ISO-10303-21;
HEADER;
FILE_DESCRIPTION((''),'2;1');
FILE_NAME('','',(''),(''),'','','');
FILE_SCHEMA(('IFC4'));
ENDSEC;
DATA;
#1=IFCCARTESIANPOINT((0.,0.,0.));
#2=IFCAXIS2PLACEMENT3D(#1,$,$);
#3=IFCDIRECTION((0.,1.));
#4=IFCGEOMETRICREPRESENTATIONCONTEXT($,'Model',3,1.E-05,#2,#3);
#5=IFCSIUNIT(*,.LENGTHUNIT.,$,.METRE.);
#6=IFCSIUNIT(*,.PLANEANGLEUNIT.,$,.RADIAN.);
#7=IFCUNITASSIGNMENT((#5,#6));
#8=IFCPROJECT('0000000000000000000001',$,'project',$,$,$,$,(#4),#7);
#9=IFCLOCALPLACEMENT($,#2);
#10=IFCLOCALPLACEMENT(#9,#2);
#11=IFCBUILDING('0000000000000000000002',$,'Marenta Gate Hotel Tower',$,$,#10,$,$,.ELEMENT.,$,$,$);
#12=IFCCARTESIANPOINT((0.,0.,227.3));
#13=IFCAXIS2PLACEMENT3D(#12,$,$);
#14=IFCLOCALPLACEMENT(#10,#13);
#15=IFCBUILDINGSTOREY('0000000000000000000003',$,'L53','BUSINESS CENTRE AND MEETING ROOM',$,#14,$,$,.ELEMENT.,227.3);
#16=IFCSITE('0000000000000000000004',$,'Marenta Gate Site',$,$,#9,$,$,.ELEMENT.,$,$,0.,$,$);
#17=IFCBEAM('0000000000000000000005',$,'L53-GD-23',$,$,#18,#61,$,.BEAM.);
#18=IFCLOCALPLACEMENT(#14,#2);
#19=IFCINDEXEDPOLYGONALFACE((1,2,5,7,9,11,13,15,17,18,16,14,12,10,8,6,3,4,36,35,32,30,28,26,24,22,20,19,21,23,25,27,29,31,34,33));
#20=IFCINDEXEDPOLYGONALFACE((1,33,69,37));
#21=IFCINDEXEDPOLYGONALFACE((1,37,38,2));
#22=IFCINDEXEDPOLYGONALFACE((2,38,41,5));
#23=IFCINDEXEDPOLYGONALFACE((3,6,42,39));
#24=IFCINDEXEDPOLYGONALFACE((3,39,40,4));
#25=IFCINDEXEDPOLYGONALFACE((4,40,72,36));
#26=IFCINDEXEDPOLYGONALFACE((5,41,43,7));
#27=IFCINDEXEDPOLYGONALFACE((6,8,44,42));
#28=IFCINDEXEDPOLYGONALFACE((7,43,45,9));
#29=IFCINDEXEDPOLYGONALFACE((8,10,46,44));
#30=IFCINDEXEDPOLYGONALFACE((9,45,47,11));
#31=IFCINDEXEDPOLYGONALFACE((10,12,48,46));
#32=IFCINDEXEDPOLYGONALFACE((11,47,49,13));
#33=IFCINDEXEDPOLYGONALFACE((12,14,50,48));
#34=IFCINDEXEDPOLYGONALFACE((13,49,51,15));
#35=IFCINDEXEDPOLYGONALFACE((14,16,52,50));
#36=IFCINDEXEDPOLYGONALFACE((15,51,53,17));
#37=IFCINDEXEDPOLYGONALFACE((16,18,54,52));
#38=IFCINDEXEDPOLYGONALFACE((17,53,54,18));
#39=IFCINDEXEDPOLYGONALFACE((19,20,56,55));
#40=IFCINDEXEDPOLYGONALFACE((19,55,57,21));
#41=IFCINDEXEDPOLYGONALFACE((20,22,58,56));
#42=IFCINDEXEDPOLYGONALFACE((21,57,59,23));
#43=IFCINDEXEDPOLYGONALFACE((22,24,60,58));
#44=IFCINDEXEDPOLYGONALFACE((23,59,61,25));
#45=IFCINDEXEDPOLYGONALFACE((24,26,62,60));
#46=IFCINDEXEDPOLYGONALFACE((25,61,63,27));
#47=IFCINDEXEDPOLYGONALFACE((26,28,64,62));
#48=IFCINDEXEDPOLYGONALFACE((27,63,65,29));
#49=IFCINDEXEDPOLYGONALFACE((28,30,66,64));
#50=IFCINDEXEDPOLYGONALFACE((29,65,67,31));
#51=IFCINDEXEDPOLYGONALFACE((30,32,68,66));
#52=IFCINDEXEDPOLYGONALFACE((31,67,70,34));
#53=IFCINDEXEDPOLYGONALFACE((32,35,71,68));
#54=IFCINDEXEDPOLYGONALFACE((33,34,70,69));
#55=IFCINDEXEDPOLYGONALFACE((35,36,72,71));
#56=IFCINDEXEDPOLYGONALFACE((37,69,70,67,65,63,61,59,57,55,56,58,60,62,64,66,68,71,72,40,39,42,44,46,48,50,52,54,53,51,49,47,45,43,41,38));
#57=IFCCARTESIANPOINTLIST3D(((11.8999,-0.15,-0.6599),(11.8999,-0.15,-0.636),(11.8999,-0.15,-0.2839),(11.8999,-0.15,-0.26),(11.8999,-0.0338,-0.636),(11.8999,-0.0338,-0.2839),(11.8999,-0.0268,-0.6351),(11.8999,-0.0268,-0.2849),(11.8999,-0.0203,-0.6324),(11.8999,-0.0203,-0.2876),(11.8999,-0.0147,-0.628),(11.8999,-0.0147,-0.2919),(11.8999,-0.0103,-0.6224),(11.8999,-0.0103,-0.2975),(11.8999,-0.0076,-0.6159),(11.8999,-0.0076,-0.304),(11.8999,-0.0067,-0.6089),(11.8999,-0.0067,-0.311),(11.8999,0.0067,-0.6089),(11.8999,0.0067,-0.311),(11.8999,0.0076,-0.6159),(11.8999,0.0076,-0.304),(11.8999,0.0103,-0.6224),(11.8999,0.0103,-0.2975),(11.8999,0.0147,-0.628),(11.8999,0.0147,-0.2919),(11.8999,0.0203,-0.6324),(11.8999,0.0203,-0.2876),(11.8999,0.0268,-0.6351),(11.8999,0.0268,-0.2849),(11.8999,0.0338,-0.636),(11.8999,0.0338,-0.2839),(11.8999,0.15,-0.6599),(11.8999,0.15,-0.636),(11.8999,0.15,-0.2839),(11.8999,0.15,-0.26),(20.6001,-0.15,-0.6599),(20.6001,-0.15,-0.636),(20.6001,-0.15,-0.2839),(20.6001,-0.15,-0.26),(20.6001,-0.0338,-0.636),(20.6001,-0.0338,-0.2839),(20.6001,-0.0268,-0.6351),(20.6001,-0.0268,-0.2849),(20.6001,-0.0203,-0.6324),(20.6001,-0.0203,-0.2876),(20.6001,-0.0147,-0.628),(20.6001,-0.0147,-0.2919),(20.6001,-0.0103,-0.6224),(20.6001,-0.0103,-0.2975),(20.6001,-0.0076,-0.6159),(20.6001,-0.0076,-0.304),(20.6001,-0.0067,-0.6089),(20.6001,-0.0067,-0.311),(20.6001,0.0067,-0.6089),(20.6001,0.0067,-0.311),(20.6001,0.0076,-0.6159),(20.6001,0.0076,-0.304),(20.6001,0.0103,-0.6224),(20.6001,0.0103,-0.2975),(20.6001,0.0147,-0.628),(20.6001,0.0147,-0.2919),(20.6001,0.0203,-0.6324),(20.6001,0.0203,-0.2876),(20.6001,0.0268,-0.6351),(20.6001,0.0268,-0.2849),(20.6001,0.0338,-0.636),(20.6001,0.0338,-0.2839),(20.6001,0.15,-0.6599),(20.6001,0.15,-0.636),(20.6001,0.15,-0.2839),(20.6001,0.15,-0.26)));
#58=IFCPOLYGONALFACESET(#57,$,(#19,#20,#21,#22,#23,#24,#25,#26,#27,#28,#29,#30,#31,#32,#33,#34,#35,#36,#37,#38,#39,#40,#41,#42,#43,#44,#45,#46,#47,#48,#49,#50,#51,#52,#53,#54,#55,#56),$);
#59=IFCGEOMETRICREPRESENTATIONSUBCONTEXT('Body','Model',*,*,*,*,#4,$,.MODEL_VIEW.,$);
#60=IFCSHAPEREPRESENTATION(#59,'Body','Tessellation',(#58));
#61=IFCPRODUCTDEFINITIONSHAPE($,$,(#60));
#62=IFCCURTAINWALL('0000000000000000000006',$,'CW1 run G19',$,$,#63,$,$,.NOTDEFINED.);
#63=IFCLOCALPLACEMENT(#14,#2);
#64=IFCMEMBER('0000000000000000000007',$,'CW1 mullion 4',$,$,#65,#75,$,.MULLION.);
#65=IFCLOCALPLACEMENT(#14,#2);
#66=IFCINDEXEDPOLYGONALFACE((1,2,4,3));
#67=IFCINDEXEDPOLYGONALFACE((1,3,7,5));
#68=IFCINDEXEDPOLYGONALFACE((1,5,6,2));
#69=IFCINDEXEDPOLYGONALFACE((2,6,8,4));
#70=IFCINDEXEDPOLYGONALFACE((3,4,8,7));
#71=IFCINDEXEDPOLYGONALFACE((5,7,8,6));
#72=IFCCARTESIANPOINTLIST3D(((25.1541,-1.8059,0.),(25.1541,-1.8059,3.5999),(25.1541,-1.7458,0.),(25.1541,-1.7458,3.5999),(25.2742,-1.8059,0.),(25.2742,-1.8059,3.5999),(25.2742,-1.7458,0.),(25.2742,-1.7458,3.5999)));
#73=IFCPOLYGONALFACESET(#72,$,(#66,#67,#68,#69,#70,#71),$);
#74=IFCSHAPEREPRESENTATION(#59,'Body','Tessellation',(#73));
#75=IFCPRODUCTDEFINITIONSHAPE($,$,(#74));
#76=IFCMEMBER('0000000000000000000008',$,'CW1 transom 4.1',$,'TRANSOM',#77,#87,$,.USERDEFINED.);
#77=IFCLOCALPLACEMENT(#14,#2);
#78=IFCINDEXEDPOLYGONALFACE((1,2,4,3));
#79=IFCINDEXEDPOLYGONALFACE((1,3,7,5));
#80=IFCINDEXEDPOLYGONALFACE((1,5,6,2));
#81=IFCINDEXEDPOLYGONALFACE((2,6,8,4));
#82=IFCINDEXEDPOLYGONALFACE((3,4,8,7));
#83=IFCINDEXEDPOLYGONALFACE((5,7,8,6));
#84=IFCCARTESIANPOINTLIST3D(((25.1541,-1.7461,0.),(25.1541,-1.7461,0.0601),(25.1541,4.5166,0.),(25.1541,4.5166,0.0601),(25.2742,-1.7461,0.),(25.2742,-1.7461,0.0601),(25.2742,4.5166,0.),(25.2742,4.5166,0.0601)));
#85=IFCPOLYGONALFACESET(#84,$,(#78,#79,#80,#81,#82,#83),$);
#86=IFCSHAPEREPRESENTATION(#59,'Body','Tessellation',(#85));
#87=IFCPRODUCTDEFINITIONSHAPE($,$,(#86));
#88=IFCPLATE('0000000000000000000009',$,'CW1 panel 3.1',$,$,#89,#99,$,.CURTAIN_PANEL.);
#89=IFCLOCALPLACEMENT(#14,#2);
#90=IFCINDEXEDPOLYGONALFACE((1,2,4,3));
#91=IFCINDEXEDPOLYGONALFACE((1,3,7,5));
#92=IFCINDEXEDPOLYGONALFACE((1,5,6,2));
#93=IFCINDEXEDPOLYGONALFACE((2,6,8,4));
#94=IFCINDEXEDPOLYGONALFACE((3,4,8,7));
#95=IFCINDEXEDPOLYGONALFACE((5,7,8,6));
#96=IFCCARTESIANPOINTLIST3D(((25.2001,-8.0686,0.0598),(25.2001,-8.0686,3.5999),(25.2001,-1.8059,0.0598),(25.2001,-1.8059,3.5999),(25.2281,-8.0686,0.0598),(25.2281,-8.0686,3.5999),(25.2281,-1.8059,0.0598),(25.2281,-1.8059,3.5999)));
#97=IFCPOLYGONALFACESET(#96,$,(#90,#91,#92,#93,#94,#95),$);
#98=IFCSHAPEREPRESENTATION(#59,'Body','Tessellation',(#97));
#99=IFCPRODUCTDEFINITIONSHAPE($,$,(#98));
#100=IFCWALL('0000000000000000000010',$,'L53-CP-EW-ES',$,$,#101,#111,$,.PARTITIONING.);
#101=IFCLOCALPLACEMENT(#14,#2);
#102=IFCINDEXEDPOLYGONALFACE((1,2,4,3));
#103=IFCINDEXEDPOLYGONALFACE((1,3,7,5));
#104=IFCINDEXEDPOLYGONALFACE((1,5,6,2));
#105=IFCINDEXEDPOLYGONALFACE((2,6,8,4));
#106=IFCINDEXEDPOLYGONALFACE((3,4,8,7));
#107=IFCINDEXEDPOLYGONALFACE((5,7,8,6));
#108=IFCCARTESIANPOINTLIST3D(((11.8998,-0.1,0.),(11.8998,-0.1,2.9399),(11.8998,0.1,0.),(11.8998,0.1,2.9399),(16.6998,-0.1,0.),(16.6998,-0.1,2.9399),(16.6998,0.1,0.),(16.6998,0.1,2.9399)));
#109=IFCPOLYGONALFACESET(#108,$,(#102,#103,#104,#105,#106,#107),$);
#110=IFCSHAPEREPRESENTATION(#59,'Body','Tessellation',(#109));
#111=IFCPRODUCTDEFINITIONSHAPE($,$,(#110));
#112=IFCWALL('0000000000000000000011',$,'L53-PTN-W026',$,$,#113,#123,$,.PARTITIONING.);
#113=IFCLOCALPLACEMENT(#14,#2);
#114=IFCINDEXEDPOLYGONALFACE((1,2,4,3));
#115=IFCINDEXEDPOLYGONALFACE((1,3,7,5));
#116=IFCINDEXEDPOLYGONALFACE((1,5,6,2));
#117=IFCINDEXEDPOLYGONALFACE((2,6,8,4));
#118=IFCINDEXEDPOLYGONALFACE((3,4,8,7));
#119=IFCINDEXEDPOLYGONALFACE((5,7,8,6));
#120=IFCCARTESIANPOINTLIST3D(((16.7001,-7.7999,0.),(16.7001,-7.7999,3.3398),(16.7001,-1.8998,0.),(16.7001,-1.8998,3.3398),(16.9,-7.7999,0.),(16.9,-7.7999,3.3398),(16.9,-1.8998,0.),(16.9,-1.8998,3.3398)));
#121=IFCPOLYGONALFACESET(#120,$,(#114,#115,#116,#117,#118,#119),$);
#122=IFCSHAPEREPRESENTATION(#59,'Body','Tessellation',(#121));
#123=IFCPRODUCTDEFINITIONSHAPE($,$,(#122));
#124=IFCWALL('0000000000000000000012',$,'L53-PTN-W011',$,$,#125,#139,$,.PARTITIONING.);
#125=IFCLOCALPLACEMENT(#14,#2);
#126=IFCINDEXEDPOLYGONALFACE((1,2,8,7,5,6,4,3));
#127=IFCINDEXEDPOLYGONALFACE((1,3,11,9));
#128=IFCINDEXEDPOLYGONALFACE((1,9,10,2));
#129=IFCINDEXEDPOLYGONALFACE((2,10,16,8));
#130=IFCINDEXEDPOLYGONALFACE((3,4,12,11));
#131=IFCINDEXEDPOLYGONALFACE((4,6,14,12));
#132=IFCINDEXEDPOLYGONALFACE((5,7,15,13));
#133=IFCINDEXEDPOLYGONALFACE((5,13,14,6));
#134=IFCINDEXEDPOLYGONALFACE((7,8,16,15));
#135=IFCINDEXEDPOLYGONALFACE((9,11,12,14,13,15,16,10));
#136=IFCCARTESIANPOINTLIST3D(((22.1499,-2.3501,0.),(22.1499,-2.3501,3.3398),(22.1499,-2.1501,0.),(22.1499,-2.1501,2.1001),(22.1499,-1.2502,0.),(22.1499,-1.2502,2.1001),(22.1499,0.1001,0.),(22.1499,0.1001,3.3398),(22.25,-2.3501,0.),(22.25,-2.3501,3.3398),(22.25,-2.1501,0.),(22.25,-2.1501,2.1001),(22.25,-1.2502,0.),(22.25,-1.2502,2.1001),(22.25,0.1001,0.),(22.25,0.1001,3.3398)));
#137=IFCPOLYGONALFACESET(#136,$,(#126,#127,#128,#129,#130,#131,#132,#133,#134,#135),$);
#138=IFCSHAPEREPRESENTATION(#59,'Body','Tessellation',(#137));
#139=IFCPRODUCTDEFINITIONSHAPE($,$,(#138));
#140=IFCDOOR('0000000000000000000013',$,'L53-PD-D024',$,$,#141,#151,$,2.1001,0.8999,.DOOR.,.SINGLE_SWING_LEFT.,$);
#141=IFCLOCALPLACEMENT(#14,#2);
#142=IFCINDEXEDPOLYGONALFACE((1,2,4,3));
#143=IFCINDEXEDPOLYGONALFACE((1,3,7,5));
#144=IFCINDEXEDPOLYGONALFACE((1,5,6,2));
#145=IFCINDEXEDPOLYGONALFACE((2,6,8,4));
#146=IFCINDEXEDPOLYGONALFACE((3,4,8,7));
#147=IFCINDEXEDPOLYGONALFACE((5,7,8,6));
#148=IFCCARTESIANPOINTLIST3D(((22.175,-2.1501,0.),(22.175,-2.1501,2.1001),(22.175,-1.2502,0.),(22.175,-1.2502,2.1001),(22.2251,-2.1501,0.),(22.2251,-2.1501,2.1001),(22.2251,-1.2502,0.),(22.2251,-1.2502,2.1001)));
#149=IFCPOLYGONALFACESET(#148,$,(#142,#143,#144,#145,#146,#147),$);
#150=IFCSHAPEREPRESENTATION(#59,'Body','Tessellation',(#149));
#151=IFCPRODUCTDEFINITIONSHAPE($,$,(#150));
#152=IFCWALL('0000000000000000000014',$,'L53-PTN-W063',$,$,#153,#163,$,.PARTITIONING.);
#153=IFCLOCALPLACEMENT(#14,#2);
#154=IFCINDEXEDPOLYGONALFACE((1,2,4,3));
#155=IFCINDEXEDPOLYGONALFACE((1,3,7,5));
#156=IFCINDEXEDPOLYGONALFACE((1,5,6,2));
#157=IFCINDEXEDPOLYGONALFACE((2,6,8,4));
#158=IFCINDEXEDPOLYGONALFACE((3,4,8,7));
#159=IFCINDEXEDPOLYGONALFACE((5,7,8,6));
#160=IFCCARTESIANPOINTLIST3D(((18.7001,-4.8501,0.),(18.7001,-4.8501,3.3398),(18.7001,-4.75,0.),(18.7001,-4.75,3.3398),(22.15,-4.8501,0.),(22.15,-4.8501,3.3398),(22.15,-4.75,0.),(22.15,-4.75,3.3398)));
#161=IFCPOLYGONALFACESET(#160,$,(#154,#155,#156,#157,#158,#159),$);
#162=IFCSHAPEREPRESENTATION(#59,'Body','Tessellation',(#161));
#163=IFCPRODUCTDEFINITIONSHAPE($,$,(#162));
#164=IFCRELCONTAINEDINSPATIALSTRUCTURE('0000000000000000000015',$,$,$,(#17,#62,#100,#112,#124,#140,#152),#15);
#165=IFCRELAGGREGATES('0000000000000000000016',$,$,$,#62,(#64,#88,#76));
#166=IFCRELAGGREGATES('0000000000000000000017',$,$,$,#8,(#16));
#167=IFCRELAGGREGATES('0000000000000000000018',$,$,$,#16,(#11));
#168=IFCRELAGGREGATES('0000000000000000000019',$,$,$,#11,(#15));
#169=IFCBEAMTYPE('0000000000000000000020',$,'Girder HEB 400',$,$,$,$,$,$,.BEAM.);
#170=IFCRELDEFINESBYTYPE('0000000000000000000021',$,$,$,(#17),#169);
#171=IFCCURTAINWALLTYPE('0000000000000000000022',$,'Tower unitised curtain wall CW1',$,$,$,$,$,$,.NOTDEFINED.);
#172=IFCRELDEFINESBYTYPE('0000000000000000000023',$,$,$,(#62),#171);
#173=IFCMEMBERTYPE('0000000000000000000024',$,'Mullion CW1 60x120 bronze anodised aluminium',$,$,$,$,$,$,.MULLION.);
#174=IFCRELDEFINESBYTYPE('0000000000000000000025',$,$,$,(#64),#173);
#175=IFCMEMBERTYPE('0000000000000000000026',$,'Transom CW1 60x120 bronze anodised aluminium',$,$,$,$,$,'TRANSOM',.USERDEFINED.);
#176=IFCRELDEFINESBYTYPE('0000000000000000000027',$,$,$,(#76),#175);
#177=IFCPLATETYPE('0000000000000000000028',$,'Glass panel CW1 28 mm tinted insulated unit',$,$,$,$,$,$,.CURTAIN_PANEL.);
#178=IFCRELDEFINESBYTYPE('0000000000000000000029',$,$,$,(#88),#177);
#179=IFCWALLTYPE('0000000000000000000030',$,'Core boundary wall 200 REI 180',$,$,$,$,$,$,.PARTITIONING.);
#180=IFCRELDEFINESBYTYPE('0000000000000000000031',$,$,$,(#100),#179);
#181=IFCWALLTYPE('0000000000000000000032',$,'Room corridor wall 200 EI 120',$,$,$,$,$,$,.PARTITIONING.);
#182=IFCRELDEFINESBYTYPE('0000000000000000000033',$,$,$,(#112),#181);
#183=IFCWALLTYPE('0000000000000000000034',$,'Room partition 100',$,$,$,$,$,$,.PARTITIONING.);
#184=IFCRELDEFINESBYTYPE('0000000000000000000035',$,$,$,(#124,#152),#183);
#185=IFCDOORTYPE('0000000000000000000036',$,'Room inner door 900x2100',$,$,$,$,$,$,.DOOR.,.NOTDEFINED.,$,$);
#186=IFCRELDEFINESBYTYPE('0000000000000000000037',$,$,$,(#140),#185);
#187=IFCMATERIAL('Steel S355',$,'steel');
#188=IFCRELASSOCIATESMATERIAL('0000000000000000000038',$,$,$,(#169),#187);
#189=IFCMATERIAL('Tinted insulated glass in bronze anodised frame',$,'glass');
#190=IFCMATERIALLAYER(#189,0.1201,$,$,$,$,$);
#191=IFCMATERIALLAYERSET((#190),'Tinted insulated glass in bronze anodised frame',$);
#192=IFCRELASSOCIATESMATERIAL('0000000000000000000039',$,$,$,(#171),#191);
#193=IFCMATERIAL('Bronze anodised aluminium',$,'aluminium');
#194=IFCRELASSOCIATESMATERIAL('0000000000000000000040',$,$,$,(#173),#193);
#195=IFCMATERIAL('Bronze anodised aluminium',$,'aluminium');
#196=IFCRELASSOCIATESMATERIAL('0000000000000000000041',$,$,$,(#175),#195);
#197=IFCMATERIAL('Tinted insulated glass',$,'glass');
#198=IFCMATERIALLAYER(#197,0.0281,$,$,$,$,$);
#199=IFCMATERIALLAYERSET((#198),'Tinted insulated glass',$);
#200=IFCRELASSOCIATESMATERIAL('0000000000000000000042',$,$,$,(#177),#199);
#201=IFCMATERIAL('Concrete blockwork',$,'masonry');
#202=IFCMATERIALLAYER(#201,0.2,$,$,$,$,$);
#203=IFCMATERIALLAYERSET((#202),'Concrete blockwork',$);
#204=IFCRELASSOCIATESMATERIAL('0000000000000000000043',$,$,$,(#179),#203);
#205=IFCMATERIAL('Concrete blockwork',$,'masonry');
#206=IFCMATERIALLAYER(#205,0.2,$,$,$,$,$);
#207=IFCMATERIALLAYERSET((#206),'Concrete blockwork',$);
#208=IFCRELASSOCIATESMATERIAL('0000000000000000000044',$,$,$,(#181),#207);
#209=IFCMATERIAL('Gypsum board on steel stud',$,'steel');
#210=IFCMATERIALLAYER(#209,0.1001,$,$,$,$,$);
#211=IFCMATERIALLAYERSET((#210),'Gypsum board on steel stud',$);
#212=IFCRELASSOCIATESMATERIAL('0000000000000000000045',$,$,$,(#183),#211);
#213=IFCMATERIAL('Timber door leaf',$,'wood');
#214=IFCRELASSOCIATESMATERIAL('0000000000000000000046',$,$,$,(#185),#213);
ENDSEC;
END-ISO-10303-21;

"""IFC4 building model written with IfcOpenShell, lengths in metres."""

from ifc_helpers import new_model, si_unit, direction, frame, frame_2d, origin, origin_2d, place, context, subcontext, project, spatial, rectangle, i_section, extrude, material, layer, layer_set, material_profile, profile_set, type_object, element, fill, aggregate, save


model = new_model("IFC4")

# Units and contexts
model_context = context("Model", 3, precision=1e-05, world=origin(), true_north=direction((0.0, 1.0)))
body_context = subcontext(model_context, "Body", "Model", "MODEL_VIEW")
ifc_project = project(units=[si_unit("LENGTHUNIT", "METRE"), si_unit("PLANEANGLEUNIT", "RADIAN")], contexts=[model_context])

# Site, building, storey
site_placement = place(None, origin())
site = spatial("IfcSite", under=ifc_project, at=site_placement, Name="Marenta Gate Site", CompositionType="ELEMENT", RefElevation=0.0)
building_placement = place(site_placement, origin())
building = spatial("IfcBuilding", under=site, at=building_placement, Name="Marenta Gate Hotel Tower", CompositionType="ELEMENT")
storey_placement = place(building_placement, frame((0.0, 0.0, 227.3)))
storey = spatial("IfcBuildingStorey", under=building, at=storey_placement, Name="L53", Description="BUSINESS CENTRE AND MEETING ROOM", CompositionType="ELEMENT", Elevation=227.3)

# Beam
ifc_material_1 = material(Name="Steel S355", Category="steel")
ifc_material_profile_1 = material_profile(ifc_material_1, i_section(OverallWidth=0.3, OverallDepth=0.3999, WebThickness=0.0134, FlangeThickness=0.0239, FilletRadius=0.0271, at=origin_2d()), Name="HEB 400")
ifc_profile_set_1 = profile_set([ifc_material_profile_1], Name="Steel S355")
beam_type_1 = type_object("IfcBeamType", Name="Girder HEB 400", PredefinedType="BEAM", material=ifc_profile_set_1)
beam_1_placement = place(storey_placement, frame((11.8999, 0.0, -0.46), z_axis=(1.0, 0.0, 0.0), x_axis=(0.0, 1.0, 0.0)))
element("IfcBeam", 1, at=beam_1_placement, inside=storey, type_object=beam_type_1, Name="L53-GD-23", PredefinedType="BEAM", context=body_context, shape_type="SweptSolid", body=[
    extrude(i_section(OverallWidth=0.3, OverallDepth=0.3999, WebThickness=0.0134, FlangeThickness=0.0239, FilletRadius=0.0271, at=origin_2d()), origin(), (0.0, 0.0, 1.0), 8.7002),
])

# Curtain wall, members, plate
ifc_material_2 = material(Name="Tinted insulated glass in bronze anodised frame", Category="glass")
ifc_layer_1 = layer(ifc_material_2, 0.1201)
ifc_layer_set_1 = layer_set([ifc_layer_1], Name="Tinted insulated glass in bronze anodised frame")
curtain_wall_type = type_object("IfcCurtainWallType", Name="Tower unitised curtain wall CW1", PredefinedType="NOTDEFINED", material=ifc_layer_set_1)
curtain_wall_placement = place(storey_placement, origin())
curtain_wall = element("IfcCurtainWall", 2, at=curtain_wall_placement, inside=storey, type_object=curtain_wall_type, Name="CW1 run G19", PredefinedType="NOTDEFINED")
ifc_material_3 = material(Name="Bronze anodised aluminium", Category="aluminium")
ifc_material_profile_2 = material_profile(ifc_material_3, rectangle(XDim=0.1201, YDim=0.0601, at=origin_2d()), Name="Mullion CW1 60x120 bronze anodised aluminium")
ifc_profile_set_2 = profile_set([ifc_material_profile_2], Name="Bronze anodised aluminium")
member_type_1 = type_object("IfcMemberType", Name="Mullion CW1 60x120 bronze anodised aluminium", PredefinedType="MULLION", material=ifc_profile_set_2)
member_1_placement = place(storey_placement, frame((25.2141, -1.7759, 0.0), z_axis=(0.0, 0.0, 1.0), x_axis=(-1.0, 0.0, 0.0)))
member_1 = element("IfcMember", 3, at=member_1_placement, type_object=member_type_1, Name="CW1 mullion 4", PredefinedType="MULLION", context=body_context, shape_type="SweptSolid", body=[
    extrude(rectangle(XDim=0.1201, YDim=0.0601, at=origin_2d()), origin(), (0.0, 0.0, 1.0), 3.5999),
])
ifc_material_4 = material(Name="Bronze anodised aluminium", Category="aluminium")
ifc_material_profile_3 = material_profile(ifc_material_4, rectangle(XDim=0.1201, YDim=0.0601, at=origin_2d()), Name="Transom CW1 60x120 bronze anodised aluminium")
ifc_profile_set_3 = profile_set([ifc_material_profile_3], Name="Bronze anodised aluminium")
member_type_2 = type_object("IfcMemberType", Name="Transom CW1 60x120 bronze anodised aluminium", ElementType="TRANSOM", PredefinedType="USERDEFINED", material=ifc_profile_set_3)
member_2_placement = place(storey_placement, frame((25.2141, -1.7461, 0.03), z_axis=(0.0, 1.0, 0.0), x_axis=(-1.0, 0.0, 0.0)))
member_2 = element("IfcMember", 4, at=member_2_placement, type_object=member_type_2, Name="CW1 transom 4.1", ObjectType="TRANSOM", PredefinedType="USERDEFINED", context=body_context, shape_type="SweptSolid", body=[
    extrude(rectangle(XDim=0.1201, YDim=0.0601, at=origin_2d()), origin(), (0.0, 0.0, 1.0), 6.2627),
])
ifc_material_5 = material(Name="Tinted insulated glass", Category="glass")
ifc_layer_2 = layer(ifc_material_5, 0.0281)
ifc_layer_set_2 = layer_set([ifc_layer_2], Name="Tinted insulated glass")
plate_type = type_object("IfcPlateType", Name="Glass panel CW1 28 mm tinted insulated unit", PredefinedType="CURTAIN_PANEL", material=ifc_layer_set_2)
plate_placement = place(storey_placement, frame((25.2141, -4.9373, 0.0598), z_axis=(0.0, 0.0, 1.0), x_axis=(0.0, 1.0, 0.0)))
plate = element("IfcPlate", 5, at=plate_placement, type_object=plate_type, Name="CW1 panel 3.1", PredefinedType="CURTAIN_PANEL", context=body_context, shape_type="SweptSolid", body=[
    extrude(rectangle(XDim=6.2627, YDim=0.0281, at=origin_2d()), origin(), (0.0, 0.0, 1.0), 3.54),
])
aggregate(curtain_wall, [member_1, plate, member_2])

# Shared definitions
ifc_material_6 = material(Name="Concrete blockwork", Category="masonry")
ifc_layer_3 = layer(ifc_material_6, 0.2)
ifc_layer_set_3 = layer_set([ifc_layer_3], Name="Concrete blockwork")
wall_type_1 = type_object("IfcWallType", Name="Core boundary wall 200 REI 180", PredefinedType="PARTITIONING", material=ifc_layer_set_3)

# Walls
wall_1_placement = place(storey_placement, frame((11.8999, 0.0, 0.0), z_axis=(0.0, 0.0, 1.0), x_axis=(1.0, 0.0, 0.0)))
element("IfcWall", 6, at=wall_1_placement, inside=storey, type_object=wall_type_1, Name="L53-CP-EW-ES", PredefinedType="PARTITIONING", context=body_context, shape_type="SweptSolid", body=[
    extrude(rectangle(XDim=4.8, YDim=0.2, at=frame_2d((2.3999, 0.0))), origin(), (0.0, 0.0, 1.0), 2.9399),
])
ifc_material_7 = material(Name="Concrete blockwork", Category="masonry")
ifc_layer_4 = layer(ifc_material_7, 0.2)
ifc_layer_set_4 = layer_set([ifc_layer_4], Name="Concrete blockwork")
wall_type_2 = type_object("IfcWallType", Name="Room corridor wall 200 EI 120", PredefinedType="PARTITIONING", material=ifc_layer_set_4)
wall_2_placement = place(storey_placement, frame((16.8, -7.8, 0.0), z_axis=(0.0, 0.0, 1.0), x_axis=(0.0, 1.0, 0.0)))
element("IfcWall", 7, at=wall_2_placement, inside=storey, type_object=wall_type_2, Name="L53-PTN-W026", PredefinedType="PARTITIONING", context=body_context, shape_type="SweptSolid", body=[
    extrude(rectangle(XDim=5.9001, YDim=0.2, at=frame_2d((2.9502, 0.0))), origin(), (0.0, 0.0, 1.0), 3.3398),
])

# Wall, opening, door
ifc_material_8 = material(Name="Gypsum board on steel stud", Category="steel")
ifc_layer_5 = layer(ifc_material_8, 0.1001)
ifc_layer_set_5 = layer_set([ifc_layer_5], Name="Gypsum board on steel stud")
wall_type_3 = type_object("IfcWallType", Name="Room partition 100", PredefinedType="PARTITIONING", material=ifc_layer_set_5)
wall_3_placement = place(storey_placement, frame((22.2, -2.3501, 0.0), z_axis=(0.0, 0.0, 1.0), x_axis=(0.0, 1.0, 0.0)))
wall_3 = element("IfcWall", 8, at=wall_3_placement, inside=storey, type_object=wall_type_3, Name="L53-PTN-W011", PredefinedType="PARTITIONING", context=body_context, shape_type="SweptSolid", body=[
    extrude(rectangle(XDim=2.4502, YDim=0.1001, at=frame_2d((1.2251, 0.0))), origin(), (0.0, 0.0, 1.0), 3.3398),
])
opening_1_placement = place(wall_3_placement, frame((0.2, 0.0, 0.0)))
opening_1 = element("IfcOpeningElement", 9, at=opening_1_placement, cuts=wall_3, PredefinedType="OPENING", context=body_context, shape_type="SweptSolid", body=[
    extrude(rectangle(XDim=0.8999, YDim=2.1001, at=frame_2d((0.45, 1.05))), frame((0.0, 0.05, 0.0), z_axis=(0.0, -1.0, 0.0), x_axis=(1.0, 0.0, 0.0)), (0.0, 0.0, 1.0), 0.1001),
])
ifc_material_9 = material(Name="Timber door leaf", Category="wood")
door_type_1 = type_object("IfcDoorType", Name="Room inner door 900x2100", OperationType="NOTDEFINED", PredefinedType="DOOR", material=ifc_material_9)
door_1_placement = place(opening_1_placement, origin())
door_1 = element("IfcDoor", 10, at=door_1_placement, inside=storey, type_object=door_type_1, Name="L53-PD-D024", OperationType="SINGLE_SWING_LEFT", OverallHeight=2.1001, OverallWidth=0.8999, PredefinedType="DOOR", context=body_context, shape_type="SweptSolid", body=[
    extrude(rectangle(XDim=0.8999, YDim=2.1001, at=frame_2d((0.45, 1.05))), frame((0.0, 0.0249, 0.0), z_axis=(0.0, -1.0, 0.0), x_axis=(1.0, 0.0, 0.0)), (0.0, 0.0, 1.0), 0.05),
])
fill(opening_1, door_1)

# Wall
wall_4_placement = place(storey_placement, frame((18.7, -4.8, 0.0), z_axis=(0.0, 0.0, 1.0), x_axis=(1.0, 0.0, 0.0)))
element("IfcWall", 11, at=wall_4_placement, inside=storey, type_object=wall_type_3, Name="L53-PTN-W063", PredefinedType="PARTITIONING", context=body_context, shape_type="SweptSolid", body=[
    extrude(rectangle(XDim=3.45, YDim=0.1001, at=frame_2d((1.7251, 0.0))), origin(), (0.0, 0.0, 1.0), 3.3398),
])

save(model, "model.ifc")
